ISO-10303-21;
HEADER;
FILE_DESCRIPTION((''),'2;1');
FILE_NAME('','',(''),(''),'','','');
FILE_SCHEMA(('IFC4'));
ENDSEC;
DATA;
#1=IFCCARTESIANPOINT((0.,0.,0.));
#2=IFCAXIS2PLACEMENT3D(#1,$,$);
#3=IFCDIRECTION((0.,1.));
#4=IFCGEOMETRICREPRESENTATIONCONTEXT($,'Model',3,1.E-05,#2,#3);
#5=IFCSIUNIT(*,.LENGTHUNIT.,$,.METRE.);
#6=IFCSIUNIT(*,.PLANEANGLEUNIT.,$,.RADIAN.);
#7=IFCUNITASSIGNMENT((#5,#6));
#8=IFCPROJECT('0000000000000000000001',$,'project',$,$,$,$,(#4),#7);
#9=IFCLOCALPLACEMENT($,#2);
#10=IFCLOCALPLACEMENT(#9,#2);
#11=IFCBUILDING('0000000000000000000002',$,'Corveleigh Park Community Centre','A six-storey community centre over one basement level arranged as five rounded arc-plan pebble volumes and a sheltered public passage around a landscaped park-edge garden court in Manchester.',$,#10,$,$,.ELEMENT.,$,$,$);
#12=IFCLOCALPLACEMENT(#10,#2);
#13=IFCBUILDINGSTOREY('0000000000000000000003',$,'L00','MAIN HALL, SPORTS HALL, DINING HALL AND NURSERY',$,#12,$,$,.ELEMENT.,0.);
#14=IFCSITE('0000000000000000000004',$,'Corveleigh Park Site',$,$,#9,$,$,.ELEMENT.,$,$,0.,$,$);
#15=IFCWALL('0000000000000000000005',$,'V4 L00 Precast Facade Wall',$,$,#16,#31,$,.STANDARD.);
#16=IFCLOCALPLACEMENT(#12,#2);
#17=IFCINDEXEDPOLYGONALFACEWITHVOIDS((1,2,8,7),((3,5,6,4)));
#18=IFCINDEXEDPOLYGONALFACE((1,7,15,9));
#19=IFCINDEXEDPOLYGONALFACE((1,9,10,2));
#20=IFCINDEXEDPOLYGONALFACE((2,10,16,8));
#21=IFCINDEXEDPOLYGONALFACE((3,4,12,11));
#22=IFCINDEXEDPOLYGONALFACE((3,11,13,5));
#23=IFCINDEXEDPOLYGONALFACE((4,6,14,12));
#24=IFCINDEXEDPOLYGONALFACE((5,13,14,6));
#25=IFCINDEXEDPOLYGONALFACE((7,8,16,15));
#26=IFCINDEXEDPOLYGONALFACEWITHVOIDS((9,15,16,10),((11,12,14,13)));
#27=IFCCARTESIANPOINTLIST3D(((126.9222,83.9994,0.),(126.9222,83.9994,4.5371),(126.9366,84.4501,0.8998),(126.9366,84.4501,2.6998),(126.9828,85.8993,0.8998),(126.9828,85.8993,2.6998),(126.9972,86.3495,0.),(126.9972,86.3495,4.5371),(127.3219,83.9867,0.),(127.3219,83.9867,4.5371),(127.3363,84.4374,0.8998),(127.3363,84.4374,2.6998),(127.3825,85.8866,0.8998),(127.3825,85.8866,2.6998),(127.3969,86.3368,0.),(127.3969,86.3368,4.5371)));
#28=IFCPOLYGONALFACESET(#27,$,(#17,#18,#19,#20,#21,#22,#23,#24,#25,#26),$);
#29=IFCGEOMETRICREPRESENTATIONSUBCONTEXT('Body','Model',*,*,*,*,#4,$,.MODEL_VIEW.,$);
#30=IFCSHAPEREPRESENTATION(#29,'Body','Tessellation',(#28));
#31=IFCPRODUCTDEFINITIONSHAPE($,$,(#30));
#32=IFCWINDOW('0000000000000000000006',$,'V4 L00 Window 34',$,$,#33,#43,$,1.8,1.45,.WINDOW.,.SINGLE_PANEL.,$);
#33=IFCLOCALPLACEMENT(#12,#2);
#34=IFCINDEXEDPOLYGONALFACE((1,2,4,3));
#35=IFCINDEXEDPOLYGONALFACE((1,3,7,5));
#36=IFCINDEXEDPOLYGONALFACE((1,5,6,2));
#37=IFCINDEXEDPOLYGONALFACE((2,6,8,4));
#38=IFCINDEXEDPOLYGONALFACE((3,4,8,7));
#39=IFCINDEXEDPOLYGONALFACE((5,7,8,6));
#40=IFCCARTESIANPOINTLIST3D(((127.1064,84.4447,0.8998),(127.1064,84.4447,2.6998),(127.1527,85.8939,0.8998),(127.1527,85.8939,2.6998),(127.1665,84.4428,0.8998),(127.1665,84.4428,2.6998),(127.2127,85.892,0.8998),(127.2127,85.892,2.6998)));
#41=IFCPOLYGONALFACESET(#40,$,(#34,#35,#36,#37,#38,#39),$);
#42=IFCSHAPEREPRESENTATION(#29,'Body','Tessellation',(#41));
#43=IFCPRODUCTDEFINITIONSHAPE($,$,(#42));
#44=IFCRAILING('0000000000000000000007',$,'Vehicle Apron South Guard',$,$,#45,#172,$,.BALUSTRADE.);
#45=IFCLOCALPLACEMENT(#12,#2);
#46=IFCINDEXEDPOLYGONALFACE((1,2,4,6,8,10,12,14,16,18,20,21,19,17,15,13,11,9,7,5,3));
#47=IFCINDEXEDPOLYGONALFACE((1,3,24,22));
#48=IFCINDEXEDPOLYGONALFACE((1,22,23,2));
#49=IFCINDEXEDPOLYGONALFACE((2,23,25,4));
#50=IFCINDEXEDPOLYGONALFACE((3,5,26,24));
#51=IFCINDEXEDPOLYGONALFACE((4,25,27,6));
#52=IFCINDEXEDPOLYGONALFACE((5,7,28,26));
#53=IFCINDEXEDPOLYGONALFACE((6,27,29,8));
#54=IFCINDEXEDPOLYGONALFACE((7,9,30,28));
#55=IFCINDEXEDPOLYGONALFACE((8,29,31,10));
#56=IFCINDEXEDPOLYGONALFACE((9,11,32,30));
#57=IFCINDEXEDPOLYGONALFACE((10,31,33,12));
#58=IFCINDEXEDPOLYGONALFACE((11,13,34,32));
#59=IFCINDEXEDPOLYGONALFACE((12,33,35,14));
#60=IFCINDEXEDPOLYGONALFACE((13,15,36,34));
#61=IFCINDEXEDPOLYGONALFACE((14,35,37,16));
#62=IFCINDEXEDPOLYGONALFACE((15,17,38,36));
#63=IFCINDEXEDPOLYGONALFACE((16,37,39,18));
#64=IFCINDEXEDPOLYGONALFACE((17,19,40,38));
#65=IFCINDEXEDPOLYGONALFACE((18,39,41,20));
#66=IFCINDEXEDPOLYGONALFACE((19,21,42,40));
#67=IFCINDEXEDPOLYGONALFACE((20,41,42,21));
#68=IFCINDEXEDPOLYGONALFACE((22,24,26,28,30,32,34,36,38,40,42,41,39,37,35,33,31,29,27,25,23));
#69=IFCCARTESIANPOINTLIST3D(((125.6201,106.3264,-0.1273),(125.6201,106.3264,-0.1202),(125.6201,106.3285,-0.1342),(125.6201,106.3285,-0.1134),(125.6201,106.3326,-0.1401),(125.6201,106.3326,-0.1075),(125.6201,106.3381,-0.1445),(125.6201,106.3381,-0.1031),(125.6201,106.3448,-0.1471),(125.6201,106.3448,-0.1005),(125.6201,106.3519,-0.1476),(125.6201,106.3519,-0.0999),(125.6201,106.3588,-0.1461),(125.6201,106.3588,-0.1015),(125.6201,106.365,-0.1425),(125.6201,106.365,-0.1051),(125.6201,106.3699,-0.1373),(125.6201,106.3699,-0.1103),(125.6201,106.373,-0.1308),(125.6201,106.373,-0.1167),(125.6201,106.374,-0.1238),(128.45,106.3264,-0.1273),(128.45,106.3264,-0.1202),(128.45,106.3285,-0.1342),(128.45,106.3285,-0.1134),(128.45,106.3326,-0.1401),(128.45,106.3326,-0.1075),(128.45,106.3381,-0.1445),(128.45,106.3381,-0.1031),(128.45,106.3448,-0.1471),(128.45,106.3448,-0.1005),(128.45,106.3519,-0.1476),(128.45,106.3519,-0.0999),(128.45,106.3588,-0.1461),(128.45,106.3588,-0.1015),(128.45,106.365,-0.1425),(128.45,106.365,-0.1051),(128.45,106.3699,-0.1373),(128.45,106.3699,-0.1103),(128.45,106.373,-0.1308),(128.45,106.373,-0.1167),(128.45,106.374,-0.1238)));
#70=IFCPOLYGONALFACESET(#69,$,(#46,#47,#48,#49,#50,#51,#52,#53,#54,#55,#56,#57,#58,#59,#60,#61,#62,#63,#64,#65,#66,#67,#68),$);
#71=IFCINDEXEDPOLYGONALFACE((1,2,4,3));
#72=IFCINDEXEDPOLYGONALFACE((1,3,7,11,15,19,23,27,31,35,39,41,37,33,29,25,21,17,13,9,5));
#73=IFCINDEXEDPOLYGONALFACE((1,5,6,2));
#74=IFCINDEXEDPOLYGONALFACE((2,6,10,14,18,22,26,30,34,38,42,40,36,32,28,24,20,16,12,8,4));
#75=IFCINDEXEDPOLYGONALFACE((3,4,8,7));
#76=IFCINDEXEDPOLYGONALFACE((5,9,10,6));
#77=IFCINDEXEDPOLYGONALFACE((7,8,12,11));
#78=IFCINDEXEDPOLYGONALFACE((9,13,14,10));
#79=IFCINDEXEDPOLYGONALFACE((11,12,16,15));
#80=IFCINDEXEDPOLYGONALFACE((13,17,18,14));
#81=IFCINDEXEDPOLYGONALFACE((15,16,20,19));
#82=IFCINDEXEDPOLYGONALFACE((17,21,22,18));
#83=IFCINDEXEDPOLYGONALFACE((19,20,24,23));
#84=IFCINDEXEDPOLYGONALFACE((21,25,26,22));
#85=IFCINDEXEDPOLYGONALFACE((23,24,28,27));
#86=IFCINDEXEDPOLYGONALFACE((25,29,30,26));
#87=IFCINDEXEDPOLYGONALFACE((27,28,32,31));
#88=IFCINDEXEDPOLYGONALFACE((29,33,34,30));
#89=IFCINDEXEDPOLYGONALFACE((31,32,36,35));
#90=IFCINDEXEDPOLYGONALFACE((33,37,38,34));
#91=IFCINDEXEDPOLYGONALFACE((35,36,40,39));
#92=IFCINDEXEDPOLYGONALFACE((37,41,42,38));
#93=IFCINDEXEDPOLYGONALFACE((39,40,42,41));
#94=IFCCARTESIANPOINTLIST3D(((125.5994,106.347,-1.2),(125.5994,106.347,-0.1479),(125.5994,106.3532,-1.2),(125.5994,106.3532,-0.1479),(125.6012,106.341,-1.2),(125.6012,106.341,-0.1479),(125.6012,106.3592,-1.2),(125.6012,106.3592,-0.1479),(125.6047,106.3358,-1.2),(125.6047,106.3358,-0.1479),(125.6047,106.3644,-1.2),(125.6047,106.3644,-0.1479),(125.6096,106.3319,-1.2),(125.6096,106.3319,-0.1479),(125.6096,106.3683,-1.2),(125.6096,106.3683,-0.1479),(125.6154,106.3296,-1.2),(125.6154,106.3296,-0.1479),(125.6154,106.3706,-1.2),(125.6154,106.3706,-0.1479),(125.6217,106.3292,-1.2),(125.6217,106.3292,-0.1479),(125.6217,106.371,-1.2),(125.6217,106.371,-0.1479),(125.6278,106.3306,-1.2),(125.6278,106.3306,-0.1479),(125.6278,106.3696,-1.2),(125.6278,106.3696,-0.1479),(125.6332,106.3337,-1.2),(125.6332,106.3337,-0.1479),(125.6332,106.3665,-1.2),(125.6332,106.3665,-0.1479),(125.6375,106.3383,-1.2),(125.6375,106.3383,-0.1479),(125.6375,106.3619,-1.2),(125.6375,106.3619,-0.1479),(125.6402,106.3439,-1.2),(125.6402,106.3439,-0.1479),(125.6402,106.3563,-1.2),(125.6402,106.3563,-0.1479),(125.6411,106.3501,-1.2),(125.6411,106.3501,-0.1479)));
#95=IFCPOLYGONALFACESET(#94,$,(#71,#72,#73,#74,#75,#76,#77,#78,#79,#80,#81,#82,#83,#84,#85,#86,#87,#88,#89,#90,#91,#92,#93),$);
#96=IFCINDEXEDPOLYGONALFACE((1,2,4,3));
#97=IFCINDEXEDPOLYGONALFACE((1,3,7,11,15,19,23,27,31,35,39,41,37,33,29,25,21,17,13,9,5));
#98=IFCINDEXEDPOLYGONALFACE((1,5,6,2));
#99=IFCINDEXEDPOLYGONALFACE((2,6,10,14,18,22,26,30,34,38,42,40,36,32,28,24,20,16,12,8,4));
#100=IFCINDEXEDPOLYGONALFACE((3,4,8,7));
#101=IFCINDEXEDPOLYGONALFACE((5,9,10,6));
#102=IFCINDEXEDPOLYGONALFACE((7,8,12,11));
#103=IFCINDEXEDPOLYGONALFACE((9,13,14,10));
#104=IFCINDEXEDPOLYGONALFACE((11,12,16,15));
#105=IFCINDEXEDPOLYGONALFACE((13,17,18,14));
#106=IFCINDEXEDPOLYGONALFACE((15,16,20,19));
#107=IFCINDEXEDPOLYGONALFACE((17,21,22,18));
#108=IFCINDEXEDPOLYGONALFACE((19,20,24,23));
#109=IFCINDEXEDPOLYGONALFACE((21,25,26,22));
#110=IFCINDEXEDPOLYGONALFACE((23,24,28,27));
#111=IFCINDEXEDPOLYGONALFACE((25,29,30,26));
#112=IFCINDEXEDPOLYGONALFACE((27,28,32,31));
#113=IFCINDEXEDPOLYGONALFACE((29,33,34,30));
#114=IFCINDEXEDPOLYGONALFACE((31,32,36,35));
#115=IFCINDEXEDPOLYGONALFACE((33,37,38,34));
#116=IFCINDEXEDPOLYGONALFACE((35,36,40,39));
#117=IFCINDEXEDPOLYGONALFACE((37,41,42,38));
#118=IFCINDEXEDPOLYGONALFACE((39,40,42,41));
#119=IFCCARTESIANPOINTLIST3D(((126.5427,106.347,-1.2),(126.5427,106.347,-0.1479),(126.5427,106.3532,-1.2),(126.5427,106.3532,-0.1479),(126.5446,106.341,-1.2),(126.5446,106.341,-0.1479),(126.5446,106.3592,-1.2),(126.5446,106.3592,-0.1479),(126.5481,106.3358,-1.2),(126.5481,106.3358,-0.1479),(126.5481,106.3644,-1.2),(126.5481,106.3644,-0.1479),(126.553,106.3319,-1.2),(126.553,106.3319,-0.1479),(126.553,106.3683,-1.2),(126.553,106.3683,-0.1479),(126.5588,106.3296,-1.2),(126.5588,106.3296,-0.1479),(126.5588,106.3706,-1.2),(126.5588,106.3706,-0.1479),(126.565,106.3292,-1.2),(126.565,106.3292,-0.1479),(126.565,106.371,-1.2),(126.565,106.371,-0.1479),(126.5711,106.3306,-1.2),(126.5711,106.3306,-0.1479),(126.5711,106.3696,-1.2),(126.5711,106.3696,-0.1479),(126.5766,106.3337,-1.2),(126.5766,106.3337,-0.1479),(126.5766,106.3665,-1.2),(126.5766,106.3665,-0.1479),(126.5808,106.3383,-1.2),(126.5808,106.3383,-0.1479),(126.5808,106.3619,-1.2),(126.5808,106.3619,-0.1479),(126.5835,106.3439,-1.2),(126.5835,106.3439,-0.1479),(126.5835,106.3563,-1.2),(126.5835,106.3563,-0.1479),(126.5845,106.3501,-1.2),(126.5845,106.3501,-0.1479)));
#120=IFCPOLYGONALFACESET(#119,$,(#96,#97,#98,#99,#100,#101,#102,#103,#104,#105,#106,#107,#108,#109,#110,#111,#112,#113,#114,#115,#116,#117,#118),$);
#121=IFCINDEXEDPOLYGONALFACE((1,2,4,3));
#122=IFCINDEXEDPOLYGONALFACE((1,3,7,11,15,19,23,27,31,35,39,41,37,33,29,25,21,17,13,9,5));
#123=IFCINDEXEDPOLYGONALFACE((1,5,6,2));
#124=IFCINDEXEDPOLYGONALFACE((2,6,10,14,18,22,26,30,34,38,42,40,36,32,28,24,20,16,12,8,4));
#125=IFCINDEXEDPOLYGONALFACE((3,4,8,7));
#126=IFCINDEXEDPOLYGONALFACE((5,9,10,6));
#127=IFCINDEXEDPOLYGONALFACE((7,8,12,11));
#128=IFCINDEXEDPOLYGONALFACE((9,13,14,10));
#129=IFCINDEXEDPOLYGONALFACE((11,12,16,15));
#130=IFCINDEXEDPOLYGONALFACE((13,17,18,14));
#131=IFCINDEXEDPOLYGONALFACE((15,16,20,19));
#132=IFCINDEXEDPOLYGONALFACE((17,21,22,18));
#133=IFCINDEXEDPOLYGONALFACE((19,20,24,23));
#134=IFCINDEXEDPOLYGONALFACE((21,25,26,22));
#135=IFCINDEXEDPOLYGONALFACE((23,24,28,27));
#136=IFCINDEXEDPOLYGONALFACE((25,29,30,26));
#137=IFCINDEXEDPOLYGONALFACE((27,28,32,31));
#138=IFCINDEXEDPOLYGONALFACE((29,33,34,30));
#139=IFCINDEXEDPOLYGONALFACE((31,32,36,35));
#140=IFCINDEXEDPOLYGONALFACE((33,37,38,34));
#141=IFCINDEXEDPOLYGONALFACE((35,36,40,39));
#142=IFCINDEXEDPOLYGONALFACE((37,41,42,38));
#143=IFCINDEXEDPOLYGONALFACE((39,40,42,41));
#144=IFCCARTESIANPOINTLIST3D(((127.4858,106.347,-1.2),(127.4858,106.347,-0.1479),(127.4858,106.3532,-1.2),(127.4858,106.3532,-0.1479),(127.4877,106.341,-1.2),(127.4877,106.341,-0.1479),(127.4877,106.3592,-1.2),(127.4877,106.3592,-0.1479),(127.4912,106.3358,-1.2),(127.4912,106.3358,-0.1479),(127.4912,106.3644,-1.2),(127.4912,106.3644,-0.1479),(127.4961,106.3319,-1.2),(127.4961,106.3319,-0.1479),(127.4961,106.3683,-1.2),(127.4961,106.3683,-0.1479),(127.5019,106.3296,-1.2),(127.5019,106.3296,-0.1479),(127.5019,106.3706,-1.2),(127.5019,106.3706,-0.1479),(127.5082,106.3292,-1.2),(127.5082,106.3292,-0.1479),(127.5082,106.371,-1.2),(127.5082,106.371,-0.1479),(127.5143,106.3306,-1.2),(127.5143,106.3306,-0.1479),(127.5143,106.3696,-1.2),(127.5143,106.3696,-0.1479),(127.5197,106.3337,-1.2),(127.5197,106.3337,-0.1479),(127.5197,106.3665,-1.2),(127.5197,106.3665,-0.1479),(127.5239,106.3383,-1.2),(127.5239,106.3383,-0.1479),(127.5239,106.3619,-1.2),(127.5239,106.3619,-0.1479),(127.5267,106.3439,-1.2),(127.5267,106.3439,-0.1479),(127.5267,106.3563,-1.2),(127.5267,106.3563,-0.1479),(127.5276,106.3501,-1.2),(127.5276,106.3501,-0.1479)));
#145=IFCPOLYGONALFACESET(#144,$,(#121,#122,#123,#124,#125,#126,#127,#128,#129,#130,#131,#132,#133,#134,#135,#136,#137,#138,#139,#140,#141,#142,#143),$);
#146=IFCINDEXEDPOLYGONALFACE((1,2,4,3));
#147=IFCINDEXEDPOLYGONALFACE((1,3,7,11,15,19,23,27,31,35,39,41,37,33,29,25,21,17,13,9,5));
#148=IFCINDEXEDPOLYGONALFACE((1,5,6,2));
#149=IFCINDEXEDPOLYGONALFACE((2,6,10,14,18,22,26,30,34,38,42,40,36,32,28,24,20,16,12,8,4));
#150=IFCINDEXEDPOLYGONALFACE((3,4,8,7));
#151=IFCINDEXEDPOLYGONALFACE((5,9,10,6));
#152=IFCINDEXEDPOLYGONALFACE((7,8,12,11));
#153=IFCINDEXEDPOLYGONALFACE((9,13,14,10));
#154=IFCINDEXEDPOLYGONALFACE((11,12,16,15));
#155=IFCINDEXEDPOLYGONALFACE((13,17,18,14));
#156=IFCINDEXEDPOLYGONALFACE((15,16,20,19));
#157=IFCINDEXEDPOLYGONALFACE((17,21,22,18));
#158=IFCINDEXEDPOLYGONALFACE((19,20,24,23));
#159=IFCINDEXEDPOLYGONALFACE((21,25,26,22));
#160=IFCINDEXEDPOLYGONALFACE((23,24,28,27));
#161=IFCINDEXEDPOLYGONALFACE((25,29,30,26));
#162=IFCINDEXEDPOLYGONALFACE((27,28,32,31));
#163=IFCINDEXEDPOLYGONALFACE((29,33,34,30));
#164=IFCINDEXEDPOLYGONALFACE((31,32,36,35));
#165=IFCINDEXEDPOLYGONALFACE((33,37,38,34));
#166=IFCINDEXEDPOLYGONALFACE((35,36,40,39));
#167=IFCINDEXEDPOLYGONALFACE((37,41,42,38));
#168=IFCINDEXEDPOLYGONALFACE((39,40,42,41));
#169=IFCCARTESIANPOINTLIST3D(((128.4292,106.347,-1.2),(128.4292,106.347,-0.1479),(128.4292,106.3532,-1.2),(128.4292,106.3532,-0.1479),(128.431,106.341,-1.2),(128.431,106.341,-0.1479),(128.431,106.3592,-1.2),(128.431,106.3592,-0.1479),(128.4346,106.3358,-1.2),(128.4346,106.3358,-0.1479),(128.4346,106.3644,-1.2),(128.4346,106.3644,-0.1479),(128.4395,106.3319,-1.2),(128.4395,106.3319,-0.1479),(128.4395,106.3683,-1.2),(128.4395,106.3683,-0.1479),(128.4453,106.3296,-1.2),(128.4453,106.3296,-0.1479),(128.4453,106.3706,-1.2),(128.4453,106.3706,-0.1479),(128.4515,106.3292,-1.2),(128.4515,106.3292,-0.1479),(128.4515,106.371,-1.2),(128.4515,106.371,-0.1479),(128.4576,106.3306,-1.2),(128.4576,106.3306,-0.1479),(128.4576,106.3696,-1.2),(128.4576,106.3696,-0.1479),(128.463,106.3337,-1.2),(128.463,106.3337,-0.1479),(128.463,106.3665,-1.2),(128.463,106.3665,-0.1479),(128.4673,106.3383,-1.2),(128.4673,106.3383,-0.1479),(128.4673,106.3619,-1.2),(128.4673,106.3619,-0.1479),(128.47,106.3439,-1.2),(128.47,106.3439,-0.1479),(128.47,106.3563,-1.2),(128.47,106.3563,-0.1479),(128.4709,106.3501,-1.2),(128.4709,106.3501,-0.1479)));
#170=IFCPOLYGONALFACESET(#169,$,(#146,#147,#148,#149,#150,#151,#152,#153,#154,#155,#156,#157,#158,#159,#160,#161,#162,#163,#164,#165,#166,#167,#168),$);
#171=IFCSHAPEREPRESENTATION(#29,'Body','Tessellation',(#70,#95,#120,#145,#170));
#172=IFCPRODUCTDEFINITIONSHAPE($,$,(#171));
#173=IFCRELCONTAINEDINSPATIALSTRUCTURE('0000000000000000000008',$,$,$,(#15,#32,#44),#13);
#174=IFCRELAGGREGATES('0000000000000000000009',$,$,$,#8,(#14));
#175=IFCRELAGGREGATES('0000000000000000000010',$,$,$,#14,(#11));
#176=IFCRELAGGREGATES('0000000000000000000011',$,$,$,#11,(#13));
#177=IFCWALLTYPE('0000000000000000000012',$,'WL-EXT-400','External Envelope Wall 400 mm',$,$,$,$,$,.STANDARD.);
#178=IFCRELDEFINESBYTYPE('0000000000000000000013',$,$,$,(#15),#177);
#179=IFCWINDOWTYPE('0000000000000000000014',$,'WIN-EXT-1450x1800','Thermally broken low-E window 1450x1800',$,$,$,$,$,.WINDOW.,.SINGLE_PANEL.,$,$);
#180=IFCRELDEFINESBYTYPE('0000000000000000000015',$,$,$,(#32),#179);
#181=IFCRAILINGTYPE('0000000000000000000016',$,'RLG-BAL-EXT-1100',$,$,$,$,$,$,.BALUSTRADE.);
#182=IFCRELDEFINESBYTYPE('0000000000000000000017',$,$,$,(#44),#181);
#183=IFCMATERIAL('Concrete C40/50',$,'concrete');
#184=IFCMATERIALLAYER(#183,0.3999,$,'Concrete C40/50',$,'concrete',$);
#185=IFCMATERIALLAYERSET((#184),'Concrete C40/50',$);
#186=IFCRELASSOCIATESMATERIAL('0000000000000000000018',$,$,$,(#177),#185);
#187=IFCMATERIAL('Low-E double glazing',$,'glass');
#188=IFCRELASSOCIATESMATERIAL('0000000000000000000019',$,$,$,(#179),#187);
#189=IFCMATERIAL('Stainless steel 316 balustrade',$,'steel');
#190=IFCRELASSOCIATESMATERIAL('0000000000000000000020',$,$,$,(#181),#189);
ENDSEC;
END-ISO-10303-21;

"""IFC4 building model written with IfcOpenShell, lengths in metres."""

from ifc_helpers import new_model, si_unit, direction, frame, frame_2d, origin, origin_2d, place, context, subcontext, project, spatial, rectangle, circle, extrude, material, layer, layer_set, type_object, element, fill, save


model = new_model("IFC4")

# Units and contexts
model_context = context("Model", 3, precision=1e-05, world=origin(), true_north=direction((0.0, 1.0)))
body_context = subcontext(model_context, "Body", "Model", "MODEL_VIEW")
ifc_project = project(units=[si_unit("LENGTHUNIT", "METRE"), si_unit("PLANEANGLEUNIT", "RADIAN")], contexts=[model_context])

# Site, building, storey
site_placement = place(None, origin())
site = spatial("IfcSite", under=ifc_project, at=site_placement, Name="Corveleigh Park Site", CompositionType="ELEMENT", RefElevation=0.0)
building_placement = place(site_placement, origin())
building = spatial("IfcBuilding", under=site, at=building_placement, Name="Corveleigh Park Community Centre", Description="A six-storey community centre over one basement level arranged as five rounded arc-plan pebble volumes and a sheltered public passage around a landscaped park-edge garden court in Manchester.", CompositionType="ELEMENT")
storey_placement = place(building_placement, origin())
storey = spatial("IfcBuildingStorey", under=building, at=storey_placement, Name="L00", Description="MAIN HALL, SPORTS HALL, DINING HALL AND NURSERY", CompositionType="ELEMENT", Elevation=0.0)

# Shared definitions
ifc_material_1 = material(Name="Low-E double glazing", Category="glass")

# Shared definitions
ifc_material_2 = material(Name="Concrete C40/50", Category="concrete")

# Wall, opening, window
ifc_layer_1 = layer(ifc_material_2, 0.3999, Name="Concrete C40/50", Category="concrete")
ifc_layer_set_1 = layer_set([ifc_layer_1], Name="Concrete C40/50")
wall_type = type_object("IfcWallType", Name="WL-EXT-400", Description="External Envelope Wall 400 mm", PredefinedType="STANDARD", material=ifc_layer_set_1)
wall_placement = place(storey_placement, frame((127.1221, 83.9929, 0.0), z_axis=(0.0, 0.0, 1.0), x_axis=(0.031877, 0.999492, 0.0)))
wall = element("IfcWall", 1, at=wall_placement, inside=storey, type_object=wall_type, Name="V4 L00 Precast Facade Wall", PredefinedType="STANDARD", context=body_context, shape_type="SweptSolid", body=[
    extrude(rectangle(XDim=2.3513, YDim=0.3999, at=frame_2d((1.1758, 0.0))), origin(), (0.0, 0.0, 1.0), 4.5371),
])
opening_placement = place(wall_placement, frame((0.4509, 0.0, 0.8999)))
opening = element("IfcOpeningElement", 2, at=opening_placement, cuts=wall, PredefinedType="OPENING", context=body_context, shape_type="SweptSolid", body=[
    extrude(rectangle(XDim=1.45, YDim=1.8, at=frame_2d((0.7251, 0.8999))), frame((0.0, 0.21, 0.0), z_axis=(0.0, -1.0, 0.0), x_axis=(1.0, 0.0, 0.0)), (0.0, 0.0, 1.0), 0.4199),
])
window_type = type_object("IfcWindowType", Name="WIN-EXT-1450x1800", Description="Thermally broken low-E window 1450x1800", PartitioningType="SINGLE_PANEL", PredefinedType="WINDOW", material=ifc_material_1)
window_placement = place(opening_placement, origin())
window = element("IfcWindow", 3, at=window_placement, inside=storey, type_object=window_type, Name="V4 L00 Window 34", OverallHeight=1.8, OverallWidth=1.45, PartitioningType="SINGLE_PANEL", PredefinedType="WINDOW", context=body_context, shape_type="SweptSolid", body=[
    extrude(rectangle(XDim=1.45, YDim=1.8, at=frame_2d((0.7251, 0.8999))), frame((0.0, 0.03, 0.0), z_axis=(0.0, -1.0, 0.0), x_axis=(1.0, 0.0, 0.0)), (0.0, 0.0, 1.0), 0.0601),
])
fill(opening, window)

# Railing
ifc_material_3 = material(Name="Stainless steel 316 balustrade", Category="steel")
railing_type = type_object("IfcRailingType", Name="RLG-BAL-EXT-1100", PredefinedType="BALUSTRADE", material=ifc_material_3)
for number, where, name in (
    (4, (125.6201, 106.3501, -1.2), "Vehicle Apron South Guard"),
):
    element("IfcRailing", number, at=place(storey_placement, frame(where)), inside=storey, type_object=railing_type, Name=name, PredefinedType="BALUSTRADE", context=body_context, shape_type="SweptSolid", body=[
        extrude(circle(Radius=0.0239, at=origin_2d()), frame((0.0, 0.0, 1.0762), z_axis=(1.0, 0.0, 0.0), x_axis=(0.0, 1.0, 0.0)), (0.0, 0.0, 1.0), 2.8298),
        extrude(circle(Radius=0.021, at=origin_2d()), origin(), (0.0, 0.0, 1.0), 1.052),
        extrude(circle(Radius=0.021, at=origin_2d()), frame((0.9434, 0.0, 0.0)), (0.0, 0.0, 1.0), 1.052),
        extrude(circle(Radius=0.021, at=origin_2d()), frame((1.8865, 0.0, 0.0)), (0.0, 0.0, 1.0), 1.052),
        extrude(circle(Radius=0.021, at=origin_2d()), frame((2.8298, 0.0, 0.0)), (0.0, 0.0, 1.0), 1.052),
    ])

save(model, "model.ifc")
